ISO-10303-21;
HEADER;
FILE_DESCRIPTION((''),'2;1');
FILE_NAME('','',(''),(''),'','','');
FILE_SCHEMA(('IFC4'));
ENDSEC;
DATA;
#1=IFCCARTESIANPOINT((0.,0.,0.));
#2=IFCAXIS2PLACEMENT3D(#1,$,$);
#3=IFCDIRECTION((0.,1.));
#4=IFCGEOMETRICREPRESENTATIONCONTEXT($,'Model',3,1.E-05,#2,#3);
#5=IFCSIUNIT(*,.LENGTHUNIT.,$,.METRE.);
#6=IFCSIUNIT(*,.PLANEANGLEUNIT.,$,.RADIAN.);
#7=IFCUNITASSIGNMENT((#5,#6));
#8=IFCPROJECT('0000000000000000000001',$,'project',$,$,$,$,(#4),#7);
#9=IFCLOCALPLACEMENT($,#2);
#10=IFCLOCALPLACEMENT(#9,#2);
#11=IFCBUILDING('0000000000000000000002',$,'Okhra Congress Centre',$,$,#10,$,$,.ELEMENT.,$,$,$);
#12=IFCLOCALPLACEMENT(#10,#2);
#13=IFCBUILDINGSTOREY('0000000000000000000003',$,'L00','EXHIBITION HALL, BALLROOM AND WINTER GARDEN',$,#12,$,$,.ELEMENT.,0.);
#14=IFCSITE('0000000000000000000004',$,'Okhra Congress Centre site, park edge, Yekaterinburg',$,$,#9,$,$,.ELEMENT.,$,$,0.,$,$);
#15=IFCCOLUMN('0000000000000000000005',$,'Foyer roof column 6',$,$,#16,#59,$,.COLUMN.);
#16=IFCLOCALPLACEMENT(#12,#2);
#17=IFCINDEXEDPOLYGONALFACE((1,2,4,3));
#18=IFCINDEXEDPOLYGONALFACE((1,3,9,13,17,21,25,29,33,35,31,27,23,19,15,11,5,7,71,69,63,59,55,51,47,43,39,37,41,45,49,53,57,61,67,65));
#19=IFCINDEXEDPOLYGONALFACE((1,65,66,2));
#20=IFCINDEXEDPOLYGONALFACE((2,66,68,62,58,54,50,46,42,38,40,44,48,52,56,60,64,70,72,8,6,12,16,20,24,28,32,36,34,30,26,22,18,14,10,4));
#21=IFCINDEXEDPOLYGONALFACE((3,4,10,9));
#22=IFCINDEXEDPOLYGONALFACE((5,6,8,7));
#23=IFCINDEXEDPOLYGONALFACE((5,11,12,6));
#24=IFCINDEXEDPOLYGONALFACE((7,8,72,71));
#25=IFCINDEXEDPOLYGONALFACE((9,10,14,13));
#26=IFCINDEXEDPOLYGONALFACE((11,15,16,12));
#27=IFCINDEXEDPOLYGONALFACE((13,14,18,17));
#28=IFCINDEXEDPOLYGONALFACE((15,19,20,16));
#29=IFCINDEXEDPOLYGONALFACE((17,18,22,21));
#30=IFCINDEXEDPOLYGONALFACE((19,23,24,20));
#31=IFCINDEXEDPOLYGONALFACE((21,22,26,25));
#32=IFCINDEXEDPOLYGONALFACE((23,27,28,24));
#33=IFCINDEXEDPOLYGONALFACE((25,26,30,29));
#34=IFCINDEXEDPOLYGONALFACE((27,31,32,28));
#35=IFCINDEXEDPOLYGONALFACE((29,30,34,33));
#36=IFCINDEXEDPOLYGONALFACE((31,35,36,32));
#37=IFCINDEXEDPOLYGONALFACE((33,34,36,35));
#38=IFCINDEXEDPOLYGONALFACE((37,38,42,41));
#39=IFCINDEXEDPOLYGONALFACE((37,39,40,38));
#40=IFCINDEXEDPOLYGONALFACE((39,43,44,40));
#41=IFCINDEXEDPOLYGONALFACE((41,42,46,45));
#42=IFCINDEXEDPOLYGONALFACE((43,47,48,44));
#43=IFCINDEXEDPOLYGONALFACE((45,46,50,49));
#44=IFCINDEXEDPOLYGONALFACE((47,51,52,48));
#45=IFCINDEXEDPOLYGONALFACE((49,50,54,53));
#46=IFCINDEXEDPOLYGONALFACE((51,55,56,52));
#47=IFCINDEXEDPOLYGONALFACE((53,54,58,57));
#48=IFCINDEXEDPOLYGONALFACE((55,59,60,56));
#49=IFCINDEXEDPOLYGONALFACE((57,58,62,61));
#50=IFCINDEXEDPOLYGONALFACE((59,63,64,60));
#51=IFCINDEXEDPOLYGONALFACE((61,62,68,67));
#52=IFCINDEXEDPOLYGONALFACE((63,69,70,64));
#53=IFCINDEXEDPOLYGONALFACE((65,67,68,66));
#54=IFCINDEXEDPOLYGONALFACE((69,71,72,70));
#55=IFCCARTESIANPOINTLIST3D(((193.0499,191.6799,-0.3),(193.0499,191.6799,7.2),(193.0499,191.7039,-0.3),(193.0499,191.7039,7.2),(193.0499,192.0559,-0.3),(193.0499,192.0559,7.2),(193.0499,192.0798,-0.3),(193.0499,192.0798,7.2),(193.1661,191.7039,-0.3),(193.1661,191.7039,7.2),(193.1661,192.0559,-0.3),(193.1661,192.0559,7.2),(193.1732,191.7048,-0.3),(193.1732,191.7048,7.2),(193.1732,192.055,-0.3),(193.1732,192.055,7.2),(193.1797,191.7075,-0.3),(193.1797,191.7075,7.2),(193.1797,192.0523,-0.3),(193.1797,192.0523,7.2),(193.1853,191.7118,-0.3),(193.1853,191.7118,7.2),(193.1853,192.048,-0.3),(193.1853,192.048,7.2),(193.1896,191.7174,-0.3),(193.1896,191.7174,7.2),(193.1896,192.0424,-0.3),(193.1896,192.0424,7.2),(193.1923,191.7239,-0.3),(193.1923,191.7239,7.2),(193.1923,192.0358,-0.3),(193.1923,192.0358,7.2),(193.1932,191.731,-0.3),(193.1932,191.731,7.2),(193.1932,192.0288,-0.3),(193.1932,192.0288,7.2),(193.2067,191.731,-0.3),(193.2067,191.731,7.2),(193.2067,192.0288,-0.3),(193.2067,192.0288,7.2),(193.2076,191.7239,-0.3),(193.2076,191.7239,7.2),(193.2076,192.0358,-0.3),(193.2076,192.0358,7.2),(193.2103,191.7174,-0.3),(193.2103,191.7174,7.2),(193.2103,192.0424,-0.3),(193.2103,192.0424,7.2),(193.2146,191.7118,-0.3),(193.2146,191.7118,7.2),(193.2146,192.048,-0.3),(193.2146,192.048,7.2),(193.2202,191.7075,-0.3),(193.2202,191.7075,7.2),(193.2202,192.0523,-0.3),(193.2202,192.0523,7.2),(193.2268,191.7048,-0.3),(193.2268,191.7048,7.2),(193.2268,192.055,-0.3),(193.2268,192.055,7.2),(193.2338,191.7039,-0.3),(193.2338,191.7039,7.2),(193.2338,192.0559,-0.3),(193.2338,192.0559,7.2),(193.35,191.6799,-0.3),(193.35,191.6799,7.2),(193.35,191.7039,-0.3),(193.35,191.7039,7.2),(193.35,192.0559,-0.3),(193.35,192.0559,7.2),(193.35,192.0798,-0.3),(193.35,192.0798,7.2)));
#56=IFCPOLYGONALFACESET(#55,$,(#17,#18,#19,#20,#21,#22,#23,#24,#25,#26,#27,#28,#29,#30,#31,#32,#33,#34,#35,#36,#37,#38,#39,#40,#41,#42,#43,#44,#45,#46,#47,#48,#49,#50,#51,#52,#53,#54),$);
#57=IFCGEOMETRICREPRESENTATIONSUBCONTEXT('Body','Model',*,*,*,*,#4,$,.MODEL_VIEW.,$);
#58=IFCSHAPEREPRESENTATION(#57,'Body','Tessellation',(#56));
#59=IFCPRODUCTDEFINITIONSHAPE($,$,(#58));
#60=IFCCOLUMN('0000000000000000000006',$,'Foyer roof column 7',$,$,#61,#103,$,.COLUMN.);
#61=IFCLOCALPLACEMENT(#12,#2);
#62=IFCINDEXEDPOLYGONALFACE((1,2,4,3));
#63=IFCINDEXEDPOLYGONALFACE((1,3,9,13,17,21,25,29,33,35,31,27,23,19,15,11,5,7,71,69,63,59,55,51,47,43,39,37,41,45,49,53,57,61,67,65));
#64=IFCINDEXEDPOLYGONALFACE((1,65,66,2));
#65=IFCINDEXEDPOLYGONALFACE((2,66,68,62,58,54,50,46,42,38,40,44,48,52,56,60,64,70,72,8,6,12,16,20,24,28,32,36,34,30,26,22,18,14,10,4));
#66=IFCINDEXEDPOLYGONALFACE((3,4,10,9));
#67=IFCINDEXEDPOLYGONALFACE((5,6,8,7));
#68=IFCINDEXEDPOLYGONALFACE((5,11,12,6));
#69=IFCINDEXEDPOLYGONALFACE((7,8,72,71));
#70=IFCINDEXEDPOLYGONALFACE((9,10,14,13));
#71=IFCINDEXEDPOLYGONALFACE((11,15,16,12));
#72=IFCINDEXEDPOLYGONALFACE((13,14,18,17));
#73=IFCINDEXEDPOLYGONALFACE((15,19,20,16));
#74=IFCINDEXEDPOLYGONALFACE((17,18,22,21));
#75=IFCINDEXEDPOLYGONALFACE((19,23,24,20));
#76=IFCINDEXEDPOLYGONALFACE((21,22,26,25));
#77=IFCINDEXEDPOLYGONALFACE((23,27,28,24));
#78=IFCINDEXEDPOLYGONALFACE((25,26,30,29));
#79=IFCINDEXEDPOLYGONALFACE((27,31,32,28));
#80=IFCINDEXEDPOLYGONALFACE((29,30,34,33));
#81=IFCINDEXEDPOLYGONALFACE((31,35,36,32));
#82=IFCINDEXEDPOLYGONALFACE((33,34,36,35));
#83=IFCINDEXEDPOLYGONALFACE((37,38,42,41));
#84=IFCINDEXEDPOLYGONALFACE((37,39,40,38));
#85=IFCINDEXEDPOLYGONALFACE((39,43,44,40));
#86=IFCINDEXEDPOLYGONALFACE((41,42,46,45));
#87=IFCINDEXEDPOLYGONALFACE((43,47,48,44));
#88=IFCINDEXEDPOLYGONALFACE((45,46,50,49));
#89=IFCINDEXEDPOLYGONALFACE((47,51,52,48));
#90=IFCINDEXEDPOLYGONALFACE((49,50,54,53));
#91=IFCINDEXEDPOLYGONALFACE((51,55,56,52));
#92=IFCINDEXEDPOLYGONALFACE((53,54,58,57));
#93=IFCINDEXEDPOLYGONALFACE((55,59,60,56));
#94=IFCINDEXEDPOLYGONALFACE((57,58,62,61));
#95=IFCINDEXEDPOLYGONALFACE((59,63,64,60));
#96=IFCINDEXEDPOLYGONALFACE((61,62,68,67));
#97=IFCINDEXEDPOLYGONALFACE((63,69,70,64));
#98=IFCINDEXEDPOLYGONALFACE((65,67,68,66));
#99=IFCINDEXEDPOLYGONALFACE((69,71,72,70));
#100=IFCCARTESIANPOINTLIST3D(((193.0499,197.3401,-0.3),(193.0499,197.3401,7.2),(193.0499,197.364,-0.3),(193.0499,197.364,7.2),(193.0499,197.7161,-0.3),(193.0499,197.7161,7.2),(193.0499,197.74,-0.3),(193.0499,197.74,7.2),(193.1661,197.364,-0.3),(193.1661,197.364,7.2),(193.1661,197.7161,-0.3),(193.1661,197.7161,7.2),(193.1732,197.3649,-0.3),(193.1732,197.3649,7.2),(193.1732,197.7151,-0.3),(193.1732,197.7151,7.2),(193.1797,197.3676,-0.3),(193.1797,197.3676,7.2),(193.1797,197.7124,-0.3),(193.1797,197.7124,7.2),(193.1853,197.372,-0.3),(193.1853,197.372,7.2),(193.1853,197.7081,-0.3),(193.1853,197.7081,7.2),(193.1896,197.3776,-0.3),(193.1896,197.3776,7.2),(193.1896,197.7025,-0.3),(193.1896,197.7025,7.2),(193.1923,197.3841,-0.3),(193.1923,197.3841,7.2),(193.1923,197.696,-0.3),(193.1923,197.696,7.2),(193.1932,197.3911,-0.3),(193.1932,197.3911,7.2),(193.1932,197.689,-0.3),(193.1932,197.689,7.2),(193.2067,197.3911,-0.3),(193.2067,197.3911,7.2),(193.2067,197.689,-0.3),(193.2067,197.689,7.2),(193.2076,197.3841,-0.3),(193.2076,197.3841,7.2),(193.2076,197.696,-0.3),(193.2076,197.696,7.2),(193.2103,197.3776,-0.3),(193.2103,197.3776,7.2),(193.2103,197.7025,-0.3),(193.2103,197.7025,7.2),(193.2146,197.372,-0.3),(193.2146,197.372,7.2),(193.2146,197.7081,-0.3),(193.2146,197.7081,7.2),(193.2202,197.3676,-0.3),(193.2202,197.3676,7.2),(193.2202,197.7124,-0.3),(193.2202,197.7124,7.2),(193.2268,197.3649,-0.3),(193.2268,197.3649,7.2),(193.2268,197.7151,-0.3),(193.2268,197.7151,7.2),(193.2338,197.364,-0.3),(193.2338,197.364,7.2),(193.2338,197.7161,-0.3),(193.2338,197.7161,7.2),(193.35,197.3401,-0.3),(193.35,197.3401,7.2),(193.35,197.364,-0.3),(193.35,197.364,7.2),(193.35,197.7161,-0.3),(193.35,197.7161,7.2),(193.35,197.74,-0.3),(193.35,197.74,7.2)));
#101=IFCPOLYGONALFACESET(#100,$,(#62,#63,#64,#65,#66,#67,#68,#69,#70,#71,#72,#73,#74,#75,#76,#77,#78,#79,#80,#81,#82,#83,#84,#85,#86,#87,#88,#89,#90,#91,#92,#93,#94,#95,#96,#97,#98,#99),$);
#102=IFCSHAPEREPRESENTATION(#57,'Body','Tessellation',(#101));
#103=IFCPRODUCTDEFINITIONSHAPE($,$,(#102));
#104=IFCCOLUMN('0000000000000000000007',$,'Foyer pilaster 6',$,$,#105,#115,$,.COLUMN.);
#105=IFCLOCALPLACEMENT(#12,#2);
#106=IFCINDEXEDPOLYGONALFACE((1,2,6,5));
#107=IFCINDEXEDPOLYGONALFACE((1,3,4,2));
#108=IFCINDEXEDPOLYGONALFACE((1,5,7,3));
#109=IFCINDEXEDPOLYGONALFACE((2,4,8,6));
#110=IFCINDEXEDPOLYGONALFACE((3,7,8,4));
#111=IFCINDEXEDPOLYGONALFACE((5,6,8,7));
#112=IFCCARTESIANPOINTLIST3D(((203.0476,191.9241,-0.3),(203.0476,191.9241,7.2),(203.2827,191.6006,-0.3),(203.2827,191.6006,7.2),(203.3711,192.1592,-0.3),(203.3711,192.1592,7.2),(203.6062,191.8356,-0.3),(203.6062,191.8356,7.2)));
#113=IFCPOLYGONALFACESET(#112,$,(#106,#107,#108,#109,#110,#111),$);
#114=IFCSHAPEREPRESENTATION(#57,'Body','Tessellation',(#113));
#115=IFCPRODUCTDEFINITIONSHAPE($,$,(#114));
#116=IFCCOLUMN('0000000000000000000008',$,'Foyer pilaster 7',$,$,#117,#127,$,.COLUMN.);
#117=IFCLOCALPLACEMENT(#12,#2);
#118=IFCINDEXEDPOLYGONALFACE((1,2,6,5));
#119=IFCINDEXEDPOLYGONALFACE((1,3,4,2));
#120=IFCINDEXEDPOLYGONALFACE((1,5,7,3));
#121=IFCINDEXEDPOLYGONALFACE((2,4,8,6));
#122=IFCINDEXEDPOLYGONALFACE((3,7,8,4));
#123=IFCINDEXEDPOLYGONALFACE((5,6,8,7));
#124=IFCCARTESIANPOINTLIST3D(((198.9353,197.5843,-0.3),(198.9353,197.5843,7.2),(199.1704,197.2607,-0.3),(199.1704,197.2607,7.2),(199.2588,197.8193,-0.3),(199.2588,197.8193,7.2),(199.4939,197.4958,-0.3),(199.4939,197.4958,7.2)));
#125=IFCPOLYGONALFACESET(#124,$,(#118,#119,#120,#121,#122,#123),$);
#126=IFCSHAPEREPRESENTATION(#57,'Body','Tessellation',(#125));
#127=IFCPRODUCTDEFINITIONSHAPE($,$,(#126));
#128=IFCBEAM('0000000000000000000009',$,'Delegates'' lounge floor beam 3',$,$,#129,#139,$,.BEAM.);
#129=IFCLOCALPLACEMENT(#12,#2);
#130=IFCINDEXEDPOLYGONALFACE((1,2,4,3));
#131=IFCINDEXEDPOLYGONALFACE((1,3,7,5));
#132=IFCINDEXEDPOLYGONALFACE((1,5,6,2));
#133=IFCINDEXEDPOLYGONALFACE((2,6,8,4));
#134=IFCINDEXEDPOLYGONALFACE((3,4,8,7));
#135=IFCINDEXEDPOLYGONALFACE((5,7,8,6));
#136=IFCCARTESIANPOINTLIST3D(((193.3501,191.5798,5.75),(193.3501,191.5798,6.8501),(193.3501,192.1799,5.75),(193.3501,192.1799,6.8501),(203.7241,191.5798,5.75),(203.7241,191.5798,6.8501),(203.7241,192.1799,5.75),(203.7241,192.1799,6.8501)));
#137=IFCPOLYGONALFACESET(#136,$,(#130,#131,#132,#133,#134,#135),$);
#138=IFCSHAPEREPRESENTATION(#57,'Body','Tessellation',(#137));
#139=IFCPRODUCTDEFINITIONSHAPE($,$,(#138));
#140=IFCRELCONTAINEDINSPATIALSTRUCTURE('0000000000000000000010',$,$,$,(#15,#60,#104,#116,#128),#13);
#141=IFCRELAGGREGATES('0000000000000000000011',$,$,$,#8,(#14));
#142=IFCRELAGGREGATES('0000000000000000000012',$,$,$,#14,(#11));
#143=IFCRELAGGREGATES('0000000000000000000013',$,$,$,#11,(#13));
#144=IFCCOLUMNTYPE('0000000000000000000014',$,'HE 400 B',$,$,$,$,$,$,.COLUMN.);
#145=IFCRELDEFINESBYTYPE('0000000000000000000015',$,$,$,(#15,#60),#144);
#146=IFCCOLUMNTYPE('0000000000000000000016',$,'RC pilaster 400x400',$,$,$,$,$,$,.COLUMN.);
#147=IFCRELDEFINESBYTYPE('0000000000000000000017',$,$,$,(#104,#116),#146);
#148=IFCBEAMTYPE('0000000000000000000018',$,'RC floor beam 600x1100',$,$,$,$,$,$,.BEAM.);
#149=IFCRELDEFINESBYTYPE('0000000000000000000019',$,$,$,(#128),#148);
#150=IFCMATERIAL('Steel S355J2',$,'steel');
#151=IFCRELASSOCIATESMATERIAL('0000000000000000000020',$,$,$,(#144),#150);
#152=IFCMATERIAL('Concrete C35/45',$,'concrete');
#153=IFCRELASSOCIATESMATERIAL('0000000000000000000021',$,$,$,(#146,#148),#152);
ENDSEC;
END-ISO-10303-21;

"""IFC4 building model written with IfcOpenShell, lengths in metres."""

from ifc_helpers import new_model, si_unit, direction, frame, origin, origin_2d, place, context, subcontext, project, spatial, rectangle, i_section, extrude, material, material_profile, profile_set, type_object, element, save


model = new_model("IFC4")

# Units and contexts
model_context = context("Model", 3, precision=1e-05, world=origin(), true_north=direction((0.0, 1.0)))
body_context = subcontext(model_context, "Body", "Model", "MODEL_VIEW")
ifc_project = project(units=[si_unit("LENGTHUNIT", "METRE"), si_unit("PLANEANGLEUNIT", "RADIAN")], contexts=[model_context])

# Site, building, storey
site_placement = place(None, origin())
site = spatial("IfcSite", under=ifc_project, at=site_placement, Name="Okhra Congress Centre site, park edge, Yekaterinburg", CompositionType="ELEMENT", RefElevation=0.0)
building_placement = place(site_placement, origin())
building = spatial("IfcBuilding", under=site, at=building_placement, Name="Okhra Congress Centre", CompositionType="ELEMENT")
storey_placement = place(building_placement, origin())
storey = spatial("IfcBuildingStorey", under=building, at=storey_placement, Name="L00", Description="EXHIBITION HALL, BALLROOM AND WINTER GARDEN", CompositionType="ELEMENT", Elevation=0.0)

# Shared definitions
ifc_material_1 = material(Name="Concrete C35/45", Category="concrete")

# Columns
ifc_material_2 = material(Name="Steel S355J2", Category="steel")
ifc_material_profile_1 = material_profile(ifc_material_2, i_section(OverallWidth=0.3, OverallDepth=0.3999, WebThickness=0.0134, FlangeThickness=0.0239, FilletRadius=0.0271, at=origin_2d()), Name="HE 400 B")
ifc_profile_set_1 = profile_set([ifc_material_profile_1], Name="Steel S355J2")
column_type_1 = type_object("IfcColumnType", Name="HE 400 B", PredefinedType="COLUMN", material=ifc_profile_set_1)
for number, where, z_axis, x_axis, name in (
    (1, (193.2, 191.8799, -0.3), (0.0, 0.0, 1.0), (1.0, 0.0, 0.0), "Foyer roof column 6"),
    (2, (193.2, 197.54, -0.3), (0.0, 0.0, 1.0), (1.0, 0.0, 0.0), "Foyer roof column 7"),
):
    element("IfcColumn", number, at=place(storey_placement, frame(where, z_axis=z_axis, x_axis=x_axis)), inside=storey, type_object=column_type_1, Name=name, PredefinedType="COLUMN", context=body_context, shape_type="SweptSolid", body=[
        extrude(i_section(OverallWidth=0.3, OverallDepth=0.3999, WebThickness=0.0134, FlangeThickness=0.0239, FilletRadius=0.0271, at=origin_2d()), origin(), (0.0, 0.0, 1.0), 7.5),
    ])
ifc_material_profile_2 = material_profile(ifc_material_1, rectangle(XDim=0.3999, YDim=0.3999, at=origin_2d()), Name="RC pilaster 400x400")
ifc_profile_set_2 = profile_set([ifc_material_profile_2], Name="Concrete C35/45")
column_type_2 = type_object("IfcColumnType", Name="RC pilaster 400x400", PredefinedType="COLUMN", material=ifc_profile_set_2)
for number, where, z_axis, x_axis, name in (
    (3, (203.3269, 191.8799, -0.3), (0.0, 0.0, 1.0), (0.809017, 0.587785, 0.0), "Foyer pilaster 6"),
    (4, (199.2146, 197.54, -0.3), (0.0, 0.0, 1.0), (0.809017, 0.587785, 0.0), "Foyer pilaster 7"),
):
    element("IfcColumn", number, at=place(storey_placement, frame(where, z_axis=z_axis, x_axis=x_axis)), inside=storey, type_object=column_type_2, Name=name, PredefinedType="COLUMN", context=body_context, shape_type="SweptSolid", body=[
        extrude(rectangle(XDim=0.3999, YDim=0.3999, at=origin_2d()), origin(), (0.0, 0.0, 1.0), 7.5),
    ])

# Beam
ifc_material_profile_3 = material_profile(ifc_material_1, rectangle(XDim=0.6001, YDim=1.1001, at=origin_2d()), Name="RC floor beam 600x1100")
ifc_profile_set_3 = profile_set([ifc_material_profile_3], Name="Concrete C35/45")
beam_type = type_object("IfcBeamType", Name="RC floor beam 600x1100", PredefinedType="BEAM", material=ifc_profile_set_3)
beam_placement = place(storey_placement, frame((193.3501, 191.8799, 6.3), z_axis=(1.0, 0.0, 0.0), x_axis=(0.0, 1.0, 0.0)))
element("IfcBeam", 5, at=beam_placement, inside=storey, type_object=beam_type, Name="Delegates' lounge floor beam 3", PredefinedType="BEAM", context=body_context, shape_type="SweptSolid", body=[
    extrude(rectangle(XDim=0.6001, YDim=1.1001, at=origin_2d()), origin(), (0.0, 0.0, 1.0), 10.374),
])

save(model, "model.ifc")
